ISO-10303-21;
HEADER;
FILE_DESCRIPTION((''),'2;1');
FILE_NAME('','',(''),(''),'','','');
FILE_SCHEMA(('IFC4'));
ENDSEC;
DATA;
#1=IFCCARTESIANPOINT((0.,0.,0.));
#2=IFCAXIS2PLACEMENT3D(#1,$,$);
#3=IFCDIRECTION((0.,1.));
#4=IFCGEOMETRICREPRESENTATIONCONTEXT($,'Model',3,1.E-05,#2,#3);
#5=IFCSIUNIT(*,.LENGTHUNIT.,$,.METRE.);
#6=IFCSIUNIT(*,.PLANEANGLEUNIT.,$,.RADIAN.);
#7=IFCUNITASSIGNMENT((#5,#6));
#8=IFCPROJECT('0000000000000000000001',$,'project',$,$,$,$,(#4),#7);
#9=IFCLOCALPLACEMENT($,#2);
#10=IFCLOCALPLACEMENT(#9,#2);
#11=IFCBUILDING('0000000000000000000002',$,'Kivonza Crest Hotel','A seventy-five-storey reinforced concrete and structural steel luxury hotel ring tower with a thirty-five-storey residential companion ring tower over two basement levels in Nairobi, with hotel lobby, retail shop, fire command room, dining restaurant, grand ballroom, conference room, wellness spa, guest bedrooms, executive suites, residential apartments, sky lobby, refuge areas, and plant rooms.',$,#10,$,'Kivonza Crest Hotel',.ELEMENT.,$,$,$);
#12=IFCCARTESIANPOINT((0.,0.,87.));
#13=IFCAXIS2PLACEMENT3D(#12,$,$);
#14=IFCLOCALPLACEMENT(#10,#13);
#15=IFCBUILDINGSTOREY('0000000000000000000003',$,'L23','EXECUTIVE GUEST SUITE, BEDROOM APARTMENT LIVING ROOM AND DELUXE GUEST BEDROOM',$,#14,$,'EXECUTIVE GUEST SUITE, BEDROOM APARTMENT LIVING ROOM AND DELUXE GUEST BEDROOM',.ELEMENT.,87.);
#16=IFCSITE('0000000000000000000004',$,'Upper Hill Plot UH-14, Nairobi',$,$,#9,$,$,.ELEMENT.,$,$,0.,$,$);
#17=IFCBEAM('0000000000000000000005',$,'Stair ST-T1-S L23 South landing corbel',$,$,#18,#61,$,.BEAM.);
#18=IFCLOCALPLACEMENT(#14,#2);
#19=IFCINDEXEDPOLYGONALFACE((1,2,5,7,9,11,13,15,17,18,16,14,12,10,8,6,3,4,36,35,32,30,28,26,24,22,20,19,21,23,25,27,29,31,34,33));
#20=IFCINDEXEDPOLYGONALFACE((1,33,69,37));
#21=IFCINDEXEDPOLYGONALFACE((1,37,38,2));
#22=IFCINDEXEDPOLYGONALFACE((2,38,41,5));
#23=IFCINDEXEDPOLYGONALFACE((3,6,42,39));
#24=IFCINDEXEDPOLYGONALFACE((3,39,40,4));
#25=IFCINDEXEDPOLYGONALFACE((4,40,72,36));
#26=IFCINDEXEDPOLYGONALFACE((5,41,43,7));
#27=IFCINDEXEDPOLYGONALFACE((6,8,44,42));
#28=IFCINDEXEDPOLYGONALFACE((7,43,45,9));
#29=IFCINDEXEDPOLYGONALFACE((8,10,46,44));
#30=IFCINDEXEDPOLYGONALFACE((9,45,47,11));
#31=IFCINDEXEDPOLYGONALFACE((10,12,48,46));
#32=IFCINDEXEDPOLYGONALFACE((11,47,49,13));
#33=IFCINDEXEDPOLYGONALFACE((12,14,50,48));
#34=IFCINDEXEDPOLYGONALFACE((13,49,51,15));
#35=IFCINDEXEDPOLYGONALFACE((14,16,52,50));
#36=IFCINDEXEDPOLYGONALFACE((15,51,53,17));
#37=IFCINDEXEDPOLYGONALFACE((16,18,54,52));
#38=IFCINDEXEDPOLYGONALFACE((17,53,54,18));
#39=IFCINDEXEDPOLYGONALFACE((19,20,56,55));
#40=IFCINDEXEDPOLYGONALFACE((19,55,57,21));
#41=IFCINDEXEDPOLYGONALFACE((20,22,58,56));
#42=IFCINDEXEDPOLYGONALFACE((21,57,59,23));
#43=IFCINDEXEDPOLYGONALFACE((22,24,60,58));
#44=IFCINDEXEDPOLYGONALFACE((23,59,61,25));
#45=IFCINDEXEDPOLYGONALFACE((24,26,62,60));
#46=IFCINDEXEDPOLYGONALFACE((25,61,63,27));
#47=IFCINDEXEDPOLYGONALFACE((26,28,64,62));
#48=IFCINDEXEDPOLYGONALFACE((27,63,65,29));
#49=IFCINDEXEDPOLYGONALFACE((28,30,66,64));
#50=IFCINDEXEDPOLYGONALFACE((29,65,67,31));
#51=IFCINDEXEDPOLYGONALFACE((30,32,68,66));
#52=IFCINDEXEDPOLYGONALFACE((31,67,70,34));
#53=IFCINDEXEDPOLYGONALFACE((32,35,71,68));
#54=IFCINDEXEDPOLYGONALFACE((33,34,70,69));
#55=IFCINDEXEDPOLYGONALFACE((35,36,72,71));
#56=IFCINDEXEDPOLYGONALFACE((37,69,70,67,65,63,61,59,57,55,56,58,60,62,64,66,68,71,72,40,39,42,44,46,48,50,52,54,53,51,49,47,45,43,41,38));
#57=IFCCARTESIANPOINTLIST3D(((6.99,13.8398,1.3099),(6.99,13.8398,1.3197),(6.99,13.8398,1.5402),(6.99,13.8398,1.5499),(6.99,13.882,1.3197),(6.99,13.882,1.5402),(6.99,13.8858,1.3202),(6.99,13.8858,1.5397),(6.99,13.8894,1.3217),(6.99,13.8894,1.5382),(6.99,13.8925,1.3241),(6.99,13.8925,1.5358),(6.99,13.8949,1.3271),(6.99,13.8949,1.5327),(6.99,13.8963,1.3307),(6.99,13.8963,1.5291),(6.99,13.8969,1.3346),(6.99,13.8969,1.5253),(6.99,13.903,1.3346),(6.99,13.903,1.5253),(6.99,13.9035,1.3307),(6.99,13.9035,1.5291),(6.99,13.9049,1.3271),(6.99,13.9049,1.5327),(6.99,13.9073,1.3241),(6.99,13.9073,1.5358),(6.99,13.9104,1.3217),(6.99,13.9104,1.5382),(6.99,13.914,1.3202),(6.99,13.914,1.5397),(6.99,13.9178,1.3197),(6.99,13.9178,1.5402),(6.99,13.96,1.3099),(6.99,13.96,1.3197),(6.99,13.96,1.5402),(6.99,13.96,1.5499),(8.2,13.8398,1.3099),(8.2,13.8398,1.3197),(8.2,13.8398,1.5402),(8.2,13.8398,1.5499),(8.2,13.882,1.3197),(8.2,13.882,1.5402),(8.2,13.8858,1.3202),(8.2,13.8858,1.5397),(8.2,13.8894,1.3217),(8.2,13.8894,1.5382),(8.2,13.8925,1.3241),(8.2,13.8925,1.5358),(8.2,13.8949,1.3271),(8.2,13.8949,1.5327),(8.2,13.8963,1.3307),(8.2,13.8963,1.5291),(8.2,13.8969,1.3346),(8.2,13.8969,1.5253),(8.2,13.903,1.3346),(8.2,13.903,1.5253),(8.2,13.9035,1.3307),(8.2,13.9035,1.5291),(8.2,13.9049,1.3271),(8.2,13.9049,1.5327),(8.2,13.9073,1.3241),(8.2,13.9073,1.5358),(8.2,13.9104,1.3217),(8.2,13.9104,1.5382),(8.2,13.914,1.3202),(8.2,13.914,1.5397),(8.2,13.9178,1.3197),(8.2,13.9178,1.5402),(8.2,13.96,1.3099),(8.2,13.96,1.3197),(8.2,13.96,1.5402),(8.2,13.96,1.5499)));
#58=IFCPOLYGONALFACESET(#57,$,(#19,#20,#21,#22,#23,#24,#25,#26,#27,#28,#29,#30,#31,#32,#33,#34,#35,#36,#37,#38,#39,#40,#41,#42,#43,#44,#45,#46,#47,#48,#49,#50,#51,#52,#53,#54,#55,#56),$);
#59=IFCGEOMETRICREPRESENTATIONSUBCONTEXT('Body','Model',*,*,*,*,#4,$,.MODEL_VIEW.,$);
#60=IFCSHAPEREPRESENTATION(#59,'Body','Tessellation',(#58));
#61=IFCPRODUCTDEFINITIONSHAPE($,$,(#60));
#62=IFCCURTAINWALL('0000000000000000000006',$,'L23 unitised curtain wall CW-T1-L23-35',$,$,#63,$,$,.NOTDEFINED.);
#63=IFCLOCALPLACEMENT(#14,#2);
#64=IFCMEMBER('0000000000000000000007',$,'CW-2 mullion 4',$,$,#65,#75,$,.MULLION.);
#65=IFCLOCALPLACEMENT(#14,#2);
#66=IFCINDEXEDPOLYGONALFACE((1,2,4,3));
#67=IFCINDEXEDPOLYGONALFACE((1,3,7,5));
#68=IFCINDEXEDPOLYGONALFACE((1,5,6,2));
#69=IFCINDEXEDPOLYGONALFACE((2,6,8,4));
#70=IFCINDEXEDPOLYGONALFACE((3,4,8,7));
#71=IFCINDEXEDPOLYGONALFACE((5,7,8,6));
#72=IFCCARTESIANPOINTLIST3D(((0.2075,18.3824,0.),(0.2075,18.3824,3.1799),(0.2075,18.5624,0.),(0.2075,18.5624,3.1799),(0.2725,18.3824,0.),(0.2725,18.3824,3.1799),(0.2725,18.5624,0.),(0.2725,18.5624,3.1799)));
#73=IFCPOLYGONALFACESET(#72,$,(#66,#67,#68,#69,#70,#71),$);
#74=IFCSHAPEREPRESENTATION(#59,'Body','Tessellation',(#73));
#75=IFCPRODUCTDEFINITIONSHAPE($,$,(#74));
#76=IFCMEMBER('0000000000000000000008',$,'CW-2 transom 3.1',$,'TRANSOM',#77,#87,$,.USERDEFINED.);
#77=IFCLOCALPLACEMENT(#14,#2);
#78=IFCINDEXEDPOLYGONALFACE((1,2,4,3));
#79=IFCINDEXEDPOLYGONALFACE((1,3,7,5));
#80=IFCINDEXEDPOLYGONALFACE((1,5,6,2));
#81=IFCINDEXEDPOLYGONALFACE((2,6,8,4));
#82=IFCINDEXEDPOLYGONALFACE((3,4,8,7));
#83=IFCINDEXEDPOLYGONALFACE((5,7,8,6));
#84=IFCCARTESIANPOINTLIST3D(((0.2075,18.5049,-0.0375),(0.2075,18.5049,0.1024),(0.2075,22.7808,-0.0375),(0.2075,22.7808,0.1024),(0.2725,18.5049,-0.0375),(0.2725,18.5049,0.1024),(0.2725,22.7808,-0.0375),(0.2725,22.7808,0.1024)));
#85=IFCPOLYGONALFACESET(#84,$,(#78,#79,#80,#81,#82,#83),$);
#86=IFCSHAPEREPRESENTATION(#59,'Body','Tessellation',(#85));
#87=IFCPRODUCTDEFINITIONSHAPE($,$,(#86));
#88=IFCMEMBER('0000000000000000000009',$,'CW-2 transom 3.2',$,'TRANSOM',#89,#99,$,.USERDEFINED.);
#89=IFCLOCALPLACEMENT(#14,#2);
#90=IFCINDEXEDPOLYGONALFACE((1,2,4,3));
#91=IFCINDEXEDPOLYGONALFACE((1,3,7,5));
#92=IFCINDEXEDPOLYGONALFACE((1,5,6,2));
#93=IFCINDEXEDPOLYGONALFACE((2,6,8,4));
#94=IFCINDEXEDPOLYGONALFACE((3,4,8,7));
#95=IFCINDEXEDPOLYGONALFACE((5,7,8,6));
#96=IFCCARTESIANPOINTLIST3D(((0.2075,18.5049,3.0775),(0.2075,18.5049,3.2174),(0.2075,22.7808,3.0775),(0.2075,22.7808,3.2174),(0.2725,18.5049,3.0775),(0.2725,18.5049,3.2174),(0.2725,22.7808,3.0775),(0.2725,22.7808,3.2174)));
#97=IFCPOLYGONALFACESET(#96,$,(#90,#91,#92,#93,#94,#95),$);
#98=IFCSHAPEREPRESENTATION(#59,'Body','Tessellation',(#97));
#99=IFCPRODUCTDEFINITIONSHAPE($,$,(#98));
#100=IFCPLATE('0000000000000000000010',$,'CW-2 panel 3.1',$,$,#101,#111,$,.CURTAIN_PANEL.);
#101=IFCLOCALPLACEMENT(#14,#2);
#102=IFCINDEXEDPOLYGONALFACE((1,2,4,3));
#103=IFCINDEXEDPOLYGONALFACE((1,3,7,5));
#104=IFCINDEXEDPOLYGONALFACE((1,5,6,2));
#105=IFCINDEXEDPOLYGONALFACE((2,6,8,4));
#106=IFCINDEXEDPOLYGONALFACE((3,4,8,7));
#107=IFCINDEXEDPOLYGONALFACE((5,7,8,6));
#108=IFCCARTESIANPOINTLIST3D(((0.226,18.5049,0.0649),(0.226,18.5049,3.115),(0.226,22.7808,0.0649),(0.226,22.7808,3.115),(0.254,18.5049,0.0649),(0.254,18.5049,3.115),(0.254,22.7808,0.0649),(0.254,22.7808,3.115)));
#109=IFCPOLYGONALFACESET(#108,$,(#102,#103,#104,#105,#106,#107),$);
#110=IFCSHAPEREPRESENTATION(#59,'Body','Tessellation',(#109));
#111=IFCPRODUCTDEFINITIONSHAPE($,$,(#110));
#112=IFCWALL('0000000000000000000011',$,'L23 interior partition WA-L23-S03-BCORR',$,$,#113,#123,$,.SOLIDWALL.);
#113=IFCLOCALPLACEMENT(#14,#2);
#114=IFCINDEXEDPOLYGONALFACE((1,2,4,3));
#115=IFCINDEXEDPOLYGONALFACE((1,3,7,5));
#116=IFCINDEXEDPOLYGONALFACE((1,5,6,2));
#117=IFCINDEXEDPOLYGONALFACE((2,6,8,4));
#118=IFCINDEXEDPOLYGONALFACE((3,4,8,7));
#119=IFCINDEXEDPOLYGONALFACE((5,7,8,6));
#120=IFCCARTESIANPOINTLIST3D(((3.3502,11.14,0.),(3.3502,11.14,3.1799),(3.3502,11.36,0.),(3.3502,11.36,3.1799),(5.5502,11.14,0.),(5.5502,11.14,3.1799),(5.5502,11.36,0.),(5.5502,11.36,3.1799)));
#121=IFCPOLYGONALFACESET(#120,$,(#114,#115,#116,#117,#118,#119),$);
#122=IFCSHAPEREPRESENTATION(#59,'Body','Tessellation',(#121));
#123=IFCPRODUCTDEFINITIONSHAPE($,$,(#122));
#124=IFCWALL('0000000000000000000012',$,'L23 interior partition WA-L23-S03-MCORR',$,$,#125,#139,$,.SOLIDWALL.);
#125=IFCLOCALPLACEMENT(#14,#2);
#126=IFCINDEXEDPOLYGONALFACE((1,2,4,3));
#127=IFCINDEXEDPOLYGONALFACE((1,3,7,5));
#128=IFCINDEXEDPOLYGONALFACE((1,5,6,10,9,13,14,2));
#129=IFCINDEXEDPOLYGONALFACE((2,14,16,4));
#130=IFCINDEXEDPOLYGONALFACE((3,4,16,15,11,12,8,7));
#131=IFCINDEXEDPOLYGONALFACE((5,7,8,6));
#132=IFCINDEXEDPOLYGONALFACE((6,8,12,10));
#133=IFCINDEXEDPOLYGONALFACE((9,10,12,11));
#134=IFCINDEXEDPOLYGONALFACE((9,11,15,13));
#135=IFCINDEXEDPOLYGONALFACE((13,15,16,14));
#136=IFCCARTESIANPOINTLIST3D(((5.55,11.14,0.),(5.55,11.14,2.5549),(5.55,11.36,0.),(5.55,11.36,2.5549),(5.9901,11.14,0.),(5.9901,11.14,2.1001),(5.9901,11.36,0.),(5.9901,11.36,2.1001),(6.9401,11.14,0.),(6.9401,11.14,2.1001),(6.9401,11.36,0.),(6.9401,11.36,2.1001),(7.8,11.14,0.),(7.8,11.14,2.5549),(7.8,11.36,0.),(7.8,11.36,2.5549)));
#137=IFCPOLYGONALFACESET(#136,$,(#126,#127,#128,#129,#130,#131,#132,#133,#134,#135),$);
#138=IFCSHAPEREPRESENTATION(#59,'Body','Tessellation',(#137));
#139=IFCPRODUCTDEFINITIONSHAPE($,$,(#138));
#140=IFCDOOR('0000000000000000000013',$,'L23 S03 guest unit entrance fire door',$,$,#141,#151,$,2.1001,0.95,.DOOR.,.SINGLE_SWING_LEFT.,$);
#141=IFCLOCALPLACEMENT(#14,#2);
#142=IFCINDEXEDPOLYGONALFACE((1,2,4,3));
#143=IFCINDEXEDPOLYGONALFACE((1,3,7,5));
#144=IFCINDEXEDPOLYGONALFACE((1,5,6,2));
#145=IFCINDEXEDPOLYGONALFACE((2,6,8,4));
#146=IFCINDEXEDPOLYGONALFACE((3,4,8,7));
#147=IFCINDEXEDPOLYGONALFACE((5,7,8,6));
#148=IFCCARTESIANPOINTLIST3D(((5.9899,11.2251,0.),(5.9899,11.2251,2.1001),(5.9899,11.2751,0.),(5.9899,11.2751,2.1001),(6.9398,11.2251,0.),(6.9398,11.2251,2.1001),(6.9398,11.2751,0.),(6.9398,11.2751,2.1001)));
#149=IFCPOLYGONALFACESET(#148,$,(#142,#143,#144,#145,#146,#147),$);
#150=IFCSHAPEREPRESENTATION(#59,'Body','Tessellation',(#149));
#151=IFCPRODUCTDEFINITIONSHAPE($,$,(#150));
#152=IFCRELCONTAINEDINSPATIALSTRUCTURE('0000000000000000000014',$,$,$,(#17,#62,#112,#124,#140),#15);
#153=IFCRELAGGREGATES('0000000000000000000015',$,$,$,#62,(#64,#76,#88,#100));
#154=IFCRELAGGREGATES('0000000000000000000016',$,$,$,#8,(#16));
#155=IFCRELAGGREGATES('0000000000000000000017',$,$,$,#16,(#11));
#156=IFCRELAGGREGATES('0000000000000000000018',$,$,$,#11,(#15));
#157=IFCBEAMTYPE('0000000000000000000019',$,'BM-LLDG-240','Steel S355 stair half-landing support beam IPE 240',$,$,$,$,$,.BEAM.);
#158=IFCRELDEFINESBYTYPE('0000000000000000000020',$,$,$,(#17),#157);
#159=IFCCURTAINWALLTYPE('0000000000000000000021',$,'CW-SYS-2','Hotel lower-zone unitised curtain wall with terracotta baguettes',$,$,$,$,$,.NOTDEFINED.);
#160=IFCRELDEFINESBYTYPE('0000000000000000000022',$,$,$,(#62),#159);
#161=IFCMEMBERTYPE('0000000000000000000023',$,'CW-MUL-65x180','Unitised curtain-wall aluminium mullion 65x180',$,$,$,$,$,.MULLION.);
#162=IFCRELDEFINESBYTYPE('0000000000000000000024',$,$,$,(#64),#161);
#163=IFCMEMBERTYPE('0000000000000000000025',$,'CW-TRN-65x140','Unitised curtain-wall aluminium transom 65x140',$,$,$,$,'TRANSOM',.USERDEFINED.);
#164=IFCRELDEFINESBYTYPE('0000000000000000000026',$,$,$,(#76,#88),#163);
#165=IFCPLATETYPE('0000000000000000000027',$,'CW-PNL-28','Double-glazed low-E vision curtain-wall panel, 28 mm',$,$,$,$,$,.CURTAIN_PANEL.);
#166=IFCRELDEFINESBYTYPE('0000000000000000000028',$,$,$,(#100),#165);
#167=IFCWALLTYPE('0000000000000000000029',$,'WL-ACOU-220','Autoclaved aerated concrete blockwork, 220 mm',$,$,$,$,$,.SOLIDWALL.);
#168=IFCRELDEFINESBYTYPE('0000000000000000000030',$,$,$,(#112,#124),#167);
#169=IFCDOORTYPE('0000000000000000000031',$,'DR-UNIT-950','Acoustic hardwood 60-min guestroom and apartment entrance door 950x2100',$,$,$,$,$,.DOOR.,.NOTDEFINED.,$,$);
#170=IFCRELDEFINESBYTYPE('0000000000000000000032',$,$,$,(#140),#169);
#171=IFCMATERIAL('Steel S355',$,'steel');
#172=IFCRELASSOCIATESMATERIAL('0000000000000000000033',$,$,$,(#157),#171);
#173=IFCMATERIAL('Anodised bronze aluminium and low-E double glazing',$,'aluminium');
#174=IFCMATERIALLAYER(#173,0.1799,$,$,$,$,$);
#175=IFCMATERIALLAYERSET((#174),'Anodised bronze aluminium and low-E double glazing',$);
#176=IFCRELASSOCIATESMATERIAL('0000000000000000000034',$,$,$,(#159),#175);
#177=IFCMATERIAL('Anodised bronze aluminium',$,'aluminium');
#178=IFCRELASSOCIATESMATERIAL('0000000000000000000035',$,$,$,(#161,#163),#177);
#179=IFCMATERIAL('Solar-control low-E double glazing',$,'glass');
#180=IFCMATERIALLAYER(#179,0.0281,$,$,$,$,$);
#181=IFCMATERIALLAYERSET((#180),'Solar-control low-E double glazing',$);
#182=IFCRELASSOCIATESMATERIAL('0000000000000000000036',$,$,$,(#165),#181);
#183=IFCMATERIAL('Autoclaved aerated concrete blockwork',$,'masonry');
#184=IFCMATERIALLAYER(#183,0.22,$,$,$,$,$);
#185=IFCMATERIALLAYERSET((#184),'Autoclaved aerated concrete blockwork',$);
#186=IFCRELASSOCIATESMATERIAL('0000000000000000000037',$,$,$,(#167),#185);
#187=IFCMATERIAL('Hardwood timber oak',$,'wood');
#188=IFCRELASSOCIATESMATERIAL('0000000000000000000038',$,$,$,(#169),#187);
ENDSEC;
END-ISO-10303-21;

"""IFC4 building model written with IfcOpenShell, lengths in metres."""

from ifc_helpers import new_model, si_unit, direction, frame, frame_2d, origin, origin_2d, place, context, subcontext, project, spatial, rectangle, i_section, extrude, material, layer, layer_set, material_profile, profile_set, type_object, element, fill, aggregate, save


model = new_model("IFC4")

# Units and contexts
model_context = context("Model", 3, precision=1e-05, world=origin(), true_north=direction((0.0, 1.0)))
body_context = subcontext(model_context, "Body", "Model", "MODEL_VIEW")
ifc_project = project(units=[si_unit("LENGTHUNIT", "METRE"), si_unit("PLANEANGLEUNIT", "RADIAN")], contexts=[model_context])

# Site, building, storey
site_placement = place(None, origin())
site = spatial("IfcSite", under=ifc_project, at=site_placement, Name="Upper Hill Plot UH-14, Nairobi", CompositionType="ELEMENT", RefElevation=0.0)
building_placement = place(site_placement, origin())
building = spatial("IfcBuilding", under=site, at=building_placement, Name="Kivonza Crest Hotel", Description="A seventy-five-storey reinforced concrete and structural steel luxury hotel ring tower with a thirty-five-storey residential companion ring tower over two basement levels in Nairobi, with hotel lobby, retail shop, fire command room, dining restaurant, grand ballroom, conference room, wellness spa, guest bedrooms, executive suites, residential apartments, sky lobby, refuge areas, and plant rooms.", LongName="Kivonza Crest Hotel", CompositionType="ELEMENT")
storey_placement = place(building_placement, frame((0.0, 0.0, 87.0)))
storey = spatial("IfcBuildingStorey", under=building, at=storey_placement, Name="L23", Description="EXECUTIVE GUEST SUITE, BEDROOM APARTMENT LIVING ROOM AND DELUXE GUEST BEDROOM", LongName="EXECUTIVE GUEST SUITE, BEDROOM APARTMENT LIVING ROOM AND DELUXE GUEST BEDROOM", CompositionType="ELEMENT", Elevation=87.0)

# Beam
ifc_material_1 = material(Name="Steel S355", Category="steel")
ifc_material_profile_1 = material_profile(ifc_material_1, i_section(OverallWidth=0.1201, OverallDepth=0.24, WebThickness=0.0061, FlangeThickness=0.0098, FilletRadius=0.0149, at=origin_2d()), Name="IPE 240")
ifc_profile_set_1 = profile_set([ifc_material_profile_1], Name="Steel S355")
beam_type_1 = type_object("IfcBeamType", Name="BM-LLDG-240", Description="Steel S355 stair half-landing support beam IPE 240", PredefinedType="BEAM", material=ifc_profile_set_1)
beam_1_placement = place(storey_placement, frame((6.99, 13.8999, 1.4299), z_axis=(1.0, 0.0, 0.0), x_axis=(0.0, 1.0, 0.0)))
element("IfcBeam", 1, at=beam_1_placement, inside=storey, type_object=beam_type_1, Name="Stair ST-T1-S L23 South landing corbel", PredefinedType="BEAM", context=body_context, shape_type="SweptSolid", body=[
    extrude(i_section(OverallWidth=0.1201, OverallDepth=0.24, WebThickness=0.0061, FlangeThickness=0.0098, FilletRadius=0.0149, at=origin_2d()), origin(), (0.0, 0.0, 1.0), 1.21),
])

# Curtain wall, members, plate
ifc_material_2 = material(Name="Anodised bronze aluminium and low-E double glazing", Category="aluminium")
ifc_layer_1 = layer(ifc_material_2, 0.1799)
ifc_layer_set_1 = layer_set([ifc_layer_1], Name="Anodised bronze aluminium and low-E double glazing")
curtain_wall_type = type_object("IfcCurtainWallType", Name="CW-SYS-2", Description="Hotel lower-zone unitised curtain wall with terracotta baguettes", PredefinedType="NOTDEFINED", material=ifc_layer_set_1)
curtain_wall_placement = place(storey_placement, origin())
curtain_wall = element("IfcCurtainWall", 2, at=curtain_wall_placement, inside=storey, type_object=curtain_wall_type, Name="L23 unitised curtain wall CW-T1-L23-35", PredefinedType="NOTDEFINED")
ifc_material_3 = material(Name="Anodised bronze aluminium", Category="aluminium")
ifc_material_profile_2 = material_profile(ifc_material_3, rectangle(XDim=0.0649, YDim=0.1799, at=origin_2d()), Name="CW-M 65x180")
ifc_profile_set_2 = profile_set([ifc_material_profile_2], Name="Anodised bronze aluminium")
member_type_1 = type_object("IfcMemberType", Name="CW-MUL-65x180", Description="Unitised curtain-wall aluminium mullion 65x180", PredefinedType="MULLION", material=ifc_profile_set_2)
member_1_placement = place(storey_placement, frame((0.24, 18.4724, 0.0), z_axis=(0.0, 0.0, 1.0), x_axis=(1.0, 0.0, 0.0)))
member_1 = element("IfcMember", 3, at=member_1_placement, type_object=member_type_1, Name="CW-2 mullion 4", PredefinedType="MULLION", context=body_context, shape_type="SweptSolid", body=[
    extrude(rectangle(XDim=0.0649, YDim=0.1799, at=origin_2d()), origin(), (0.0, 0.0, 1.0), 3.1799),
])
ifc_material_profile_3 = material_profile(ifc_material_3, rectangle(XDim=0.0649, YDim=0.1399, at=origin_2d()), Name="CW-T 65x140")
ifc_profile_set_3 = profile_set([ifc_material_profile_3], Name="Anodised bronze aluminium")
member_type_2 = type_object("IfcMemberType", Name="CW-TRN-65x140", Description="Unitised curtain-wall aluminium transom 65x140", ElementType="TRANSOM", PredefinedType="USERDEFINED", material=ifc_profile_set_3)
member_2_placement = place(storey_placement, frame((0.24, 22.7808, 0.0325), z_axis=(0.0, -1.0, 0.0), x_axis=(1.0, 0.0, 0.0)))
member_2 = element("IfcMember", 4, at=member_2_placement, type_object=member_type_2, Name="CW-2 transom 3.1", ObjectType="TRANSOM", PredefinedType="USERDEFINED", context=body_context, shape_type="SweptSolid", body=[
    extrude(rectangle(XDim=0.0649, YDim=0.1399, at=origin_2d()), origin(), (0.0, 0.0, 1.0), 4.2759),
])
member_3_placement = place(storey_placement, frame((0.24, 22.7808, 3.1475), z_axis=(0.0, -1.0, 0.0), x_axis=(1.0, 0.0, 0.0)))
member_3 = element("IfcMember", 5, at=member_3_placement, type_object=member_type_2, Name="CW-2 transom 3.2", ObjectType="TRANSOM", PredefinedType="USERDEFINED", context=body_context, shape_type="SweptSolid", body=[
    extrude(rectangle(XDim=0.0649, YDim=0.1399, at=origin_2d()), origin(), (0.0, 0.0, 1.0), 4.2759),
])
ifc_material_4 = material(Name="Solar-control low-E double glazing", Category="glass")
ifc_layer_2 = layer(ifc_material_4, 0.0281)
ifc_layer_set_2 = layer_set([ifc_layer_2], Name="Solar-control low-E double glazing")
plate_type = type_object("IfcPlateType", Name="CW-PNL-28", Description="Double-glazed low-E vision curtain-wall panel, 28 mm", PredefinedType="CURTAIN_PANEL", material=ifc_layer_set_2)
plate_placement = place(storey_placement, frame((0.24, 20.6428, 0.0649), z_axis=(0.0, 0.0, 1.0), x_axis=(0.0, -1.0, 0.0)))
plate = element("IfcPlate", 6, at=plate_placement, type_object=plate_type, Name="CW-2 panel 3.1", PredefinedType="CURTAIN_PANEL", context=body_context, shape_type="SweptSolid", body=[
    extrude(rectangle(XDim=4.2759, YDim=0.0281, at=origin_2d()), origin(), (0.0, 0.0, 1.0), 3.05),
])
aggregate(curtain_wall, [member_1, member_2, member_3, plate])

# Wall
ifc_material_5 = material(Name="Autoclaved aerated concrete blockwork", Category="masonry")
ifc_layer_3 = layer(ifc_material_5, 0.22)
ifc_layer_set_3 = layer_set([ifc_layer_3], Name="Autoclaved aerated concrete blockwork")
wall_type_1 = type_object("IfcWallType", Name="WL-ACOU-220", Description="Autoclaved aerated concrete blockwork, 220 mm", PredefinedType="SOLIDWALL", material=ifc_layer_set_3)
wall_1_placement = place(storey_placement, frame((3.3501, 11.25, 0.0), z_axis=(0.0, 0.0, 1.0), x_axis=(1.0, 0.0, 0.0)))
element("IfcWall", 7, at=wall_1_placement, inside=storey, type_object=wall_type_1, Name="L23 interior partition WA-L23-S03-BCORR", PredefinedType="SOLIDWALL", context=body_context, shape_type="SweptSolid", body=[
    extrude(rectangle(XDim=2.2, YDim=0.22, at=frame_2d((1.1001, 0.0))), origin(), (0.0, 0.0, 1.0), 3.1799),
])

# Wall, opening, door
wall_2_placement = place(storey_placement, frame((5.55, 11.25, 0.0), z_axis=(0.0, 0.0, 1.0), x_axis=(1.0, 0.0, 0.0)))
wall_2 = element("IfcWall", 8, at=wall_2_placement, inside=storey, type_object=wall_type_1, Name="L23 interior partition WA-L23-S03-MCORR", PredefinedType="SOLIDWALL", context=body_context, shape_type="SweptSolid", body=[
    extrude(rectangle(XDim=2.25, YDim=0.22, at=frame_2d((1.125, 0.0))), origin(), (0.0, 0.0, 1.0), 2.5549),
])
opening_1_placement = place(wall_2_placement, frame((0.4399, 0.0, 0.0)))
opening_1 = element("IfcOpeningElement", 9, at=opening_1_placement, cuts=wall_2, PredefinedType="OPENING", context=body_context, shape_type="SweptSolid", body=[
    extrude(rectangle(XDim=0.95, YDim=2.1001, at=frame_2d((0.4751, 1.05))), frame((0.0, 0.1201, 0.0), z_axis=(0.0, -1.0, 0.0), x_axis=(1.0, 0.0, 0.0)), (0.0, 0.0, 1.0), 0.24),
])
ifc_material_6 = material(Name="Hardwood timber oak", Category="wood")
door_type_1 = type_object("IfcDoorType", Name="DR-UNIT-950", Description="Acoustic hardwood 60-min guestroom and apartment entrance door 950x2100", OperationType="NOTDEFINED", PredefinedType="DOOR", material=ifc_material_6)
door_1_placement = place(opening_1_placement, frame((0.95, 0.0, 0.0), z_axis=(0.0, 0.0, 1.0), x_axis=(-1.0, 0.0, 0.0)))
door_1 = element("IfcDoor", 10, at=door_1_placement, inside=storey, type_object=door_type_1, Name="L23 S03 guest unit entrance fire door", OperationType="SINGLE_SWING_LEFT", OverallHeight=2.1001, OverallWidth=0.95, PredefinedType="DOOR", context=body_context, shape_type="SweptSolid", body=[
    extrude(rectangle(XDim=0.95, YDim=2.1001, at=frame_2d((0.4751, 1.05))), frame((0.0, 0.0249, 0.0), z_axis=(0.0, -1.0, 0.0), x_axis=(1.0, 0.0, 0.0)), (0.0, 0.0, 1.0), 0.05),
])
fill(opening_1, door_1)

save(model, "model.ifc")
